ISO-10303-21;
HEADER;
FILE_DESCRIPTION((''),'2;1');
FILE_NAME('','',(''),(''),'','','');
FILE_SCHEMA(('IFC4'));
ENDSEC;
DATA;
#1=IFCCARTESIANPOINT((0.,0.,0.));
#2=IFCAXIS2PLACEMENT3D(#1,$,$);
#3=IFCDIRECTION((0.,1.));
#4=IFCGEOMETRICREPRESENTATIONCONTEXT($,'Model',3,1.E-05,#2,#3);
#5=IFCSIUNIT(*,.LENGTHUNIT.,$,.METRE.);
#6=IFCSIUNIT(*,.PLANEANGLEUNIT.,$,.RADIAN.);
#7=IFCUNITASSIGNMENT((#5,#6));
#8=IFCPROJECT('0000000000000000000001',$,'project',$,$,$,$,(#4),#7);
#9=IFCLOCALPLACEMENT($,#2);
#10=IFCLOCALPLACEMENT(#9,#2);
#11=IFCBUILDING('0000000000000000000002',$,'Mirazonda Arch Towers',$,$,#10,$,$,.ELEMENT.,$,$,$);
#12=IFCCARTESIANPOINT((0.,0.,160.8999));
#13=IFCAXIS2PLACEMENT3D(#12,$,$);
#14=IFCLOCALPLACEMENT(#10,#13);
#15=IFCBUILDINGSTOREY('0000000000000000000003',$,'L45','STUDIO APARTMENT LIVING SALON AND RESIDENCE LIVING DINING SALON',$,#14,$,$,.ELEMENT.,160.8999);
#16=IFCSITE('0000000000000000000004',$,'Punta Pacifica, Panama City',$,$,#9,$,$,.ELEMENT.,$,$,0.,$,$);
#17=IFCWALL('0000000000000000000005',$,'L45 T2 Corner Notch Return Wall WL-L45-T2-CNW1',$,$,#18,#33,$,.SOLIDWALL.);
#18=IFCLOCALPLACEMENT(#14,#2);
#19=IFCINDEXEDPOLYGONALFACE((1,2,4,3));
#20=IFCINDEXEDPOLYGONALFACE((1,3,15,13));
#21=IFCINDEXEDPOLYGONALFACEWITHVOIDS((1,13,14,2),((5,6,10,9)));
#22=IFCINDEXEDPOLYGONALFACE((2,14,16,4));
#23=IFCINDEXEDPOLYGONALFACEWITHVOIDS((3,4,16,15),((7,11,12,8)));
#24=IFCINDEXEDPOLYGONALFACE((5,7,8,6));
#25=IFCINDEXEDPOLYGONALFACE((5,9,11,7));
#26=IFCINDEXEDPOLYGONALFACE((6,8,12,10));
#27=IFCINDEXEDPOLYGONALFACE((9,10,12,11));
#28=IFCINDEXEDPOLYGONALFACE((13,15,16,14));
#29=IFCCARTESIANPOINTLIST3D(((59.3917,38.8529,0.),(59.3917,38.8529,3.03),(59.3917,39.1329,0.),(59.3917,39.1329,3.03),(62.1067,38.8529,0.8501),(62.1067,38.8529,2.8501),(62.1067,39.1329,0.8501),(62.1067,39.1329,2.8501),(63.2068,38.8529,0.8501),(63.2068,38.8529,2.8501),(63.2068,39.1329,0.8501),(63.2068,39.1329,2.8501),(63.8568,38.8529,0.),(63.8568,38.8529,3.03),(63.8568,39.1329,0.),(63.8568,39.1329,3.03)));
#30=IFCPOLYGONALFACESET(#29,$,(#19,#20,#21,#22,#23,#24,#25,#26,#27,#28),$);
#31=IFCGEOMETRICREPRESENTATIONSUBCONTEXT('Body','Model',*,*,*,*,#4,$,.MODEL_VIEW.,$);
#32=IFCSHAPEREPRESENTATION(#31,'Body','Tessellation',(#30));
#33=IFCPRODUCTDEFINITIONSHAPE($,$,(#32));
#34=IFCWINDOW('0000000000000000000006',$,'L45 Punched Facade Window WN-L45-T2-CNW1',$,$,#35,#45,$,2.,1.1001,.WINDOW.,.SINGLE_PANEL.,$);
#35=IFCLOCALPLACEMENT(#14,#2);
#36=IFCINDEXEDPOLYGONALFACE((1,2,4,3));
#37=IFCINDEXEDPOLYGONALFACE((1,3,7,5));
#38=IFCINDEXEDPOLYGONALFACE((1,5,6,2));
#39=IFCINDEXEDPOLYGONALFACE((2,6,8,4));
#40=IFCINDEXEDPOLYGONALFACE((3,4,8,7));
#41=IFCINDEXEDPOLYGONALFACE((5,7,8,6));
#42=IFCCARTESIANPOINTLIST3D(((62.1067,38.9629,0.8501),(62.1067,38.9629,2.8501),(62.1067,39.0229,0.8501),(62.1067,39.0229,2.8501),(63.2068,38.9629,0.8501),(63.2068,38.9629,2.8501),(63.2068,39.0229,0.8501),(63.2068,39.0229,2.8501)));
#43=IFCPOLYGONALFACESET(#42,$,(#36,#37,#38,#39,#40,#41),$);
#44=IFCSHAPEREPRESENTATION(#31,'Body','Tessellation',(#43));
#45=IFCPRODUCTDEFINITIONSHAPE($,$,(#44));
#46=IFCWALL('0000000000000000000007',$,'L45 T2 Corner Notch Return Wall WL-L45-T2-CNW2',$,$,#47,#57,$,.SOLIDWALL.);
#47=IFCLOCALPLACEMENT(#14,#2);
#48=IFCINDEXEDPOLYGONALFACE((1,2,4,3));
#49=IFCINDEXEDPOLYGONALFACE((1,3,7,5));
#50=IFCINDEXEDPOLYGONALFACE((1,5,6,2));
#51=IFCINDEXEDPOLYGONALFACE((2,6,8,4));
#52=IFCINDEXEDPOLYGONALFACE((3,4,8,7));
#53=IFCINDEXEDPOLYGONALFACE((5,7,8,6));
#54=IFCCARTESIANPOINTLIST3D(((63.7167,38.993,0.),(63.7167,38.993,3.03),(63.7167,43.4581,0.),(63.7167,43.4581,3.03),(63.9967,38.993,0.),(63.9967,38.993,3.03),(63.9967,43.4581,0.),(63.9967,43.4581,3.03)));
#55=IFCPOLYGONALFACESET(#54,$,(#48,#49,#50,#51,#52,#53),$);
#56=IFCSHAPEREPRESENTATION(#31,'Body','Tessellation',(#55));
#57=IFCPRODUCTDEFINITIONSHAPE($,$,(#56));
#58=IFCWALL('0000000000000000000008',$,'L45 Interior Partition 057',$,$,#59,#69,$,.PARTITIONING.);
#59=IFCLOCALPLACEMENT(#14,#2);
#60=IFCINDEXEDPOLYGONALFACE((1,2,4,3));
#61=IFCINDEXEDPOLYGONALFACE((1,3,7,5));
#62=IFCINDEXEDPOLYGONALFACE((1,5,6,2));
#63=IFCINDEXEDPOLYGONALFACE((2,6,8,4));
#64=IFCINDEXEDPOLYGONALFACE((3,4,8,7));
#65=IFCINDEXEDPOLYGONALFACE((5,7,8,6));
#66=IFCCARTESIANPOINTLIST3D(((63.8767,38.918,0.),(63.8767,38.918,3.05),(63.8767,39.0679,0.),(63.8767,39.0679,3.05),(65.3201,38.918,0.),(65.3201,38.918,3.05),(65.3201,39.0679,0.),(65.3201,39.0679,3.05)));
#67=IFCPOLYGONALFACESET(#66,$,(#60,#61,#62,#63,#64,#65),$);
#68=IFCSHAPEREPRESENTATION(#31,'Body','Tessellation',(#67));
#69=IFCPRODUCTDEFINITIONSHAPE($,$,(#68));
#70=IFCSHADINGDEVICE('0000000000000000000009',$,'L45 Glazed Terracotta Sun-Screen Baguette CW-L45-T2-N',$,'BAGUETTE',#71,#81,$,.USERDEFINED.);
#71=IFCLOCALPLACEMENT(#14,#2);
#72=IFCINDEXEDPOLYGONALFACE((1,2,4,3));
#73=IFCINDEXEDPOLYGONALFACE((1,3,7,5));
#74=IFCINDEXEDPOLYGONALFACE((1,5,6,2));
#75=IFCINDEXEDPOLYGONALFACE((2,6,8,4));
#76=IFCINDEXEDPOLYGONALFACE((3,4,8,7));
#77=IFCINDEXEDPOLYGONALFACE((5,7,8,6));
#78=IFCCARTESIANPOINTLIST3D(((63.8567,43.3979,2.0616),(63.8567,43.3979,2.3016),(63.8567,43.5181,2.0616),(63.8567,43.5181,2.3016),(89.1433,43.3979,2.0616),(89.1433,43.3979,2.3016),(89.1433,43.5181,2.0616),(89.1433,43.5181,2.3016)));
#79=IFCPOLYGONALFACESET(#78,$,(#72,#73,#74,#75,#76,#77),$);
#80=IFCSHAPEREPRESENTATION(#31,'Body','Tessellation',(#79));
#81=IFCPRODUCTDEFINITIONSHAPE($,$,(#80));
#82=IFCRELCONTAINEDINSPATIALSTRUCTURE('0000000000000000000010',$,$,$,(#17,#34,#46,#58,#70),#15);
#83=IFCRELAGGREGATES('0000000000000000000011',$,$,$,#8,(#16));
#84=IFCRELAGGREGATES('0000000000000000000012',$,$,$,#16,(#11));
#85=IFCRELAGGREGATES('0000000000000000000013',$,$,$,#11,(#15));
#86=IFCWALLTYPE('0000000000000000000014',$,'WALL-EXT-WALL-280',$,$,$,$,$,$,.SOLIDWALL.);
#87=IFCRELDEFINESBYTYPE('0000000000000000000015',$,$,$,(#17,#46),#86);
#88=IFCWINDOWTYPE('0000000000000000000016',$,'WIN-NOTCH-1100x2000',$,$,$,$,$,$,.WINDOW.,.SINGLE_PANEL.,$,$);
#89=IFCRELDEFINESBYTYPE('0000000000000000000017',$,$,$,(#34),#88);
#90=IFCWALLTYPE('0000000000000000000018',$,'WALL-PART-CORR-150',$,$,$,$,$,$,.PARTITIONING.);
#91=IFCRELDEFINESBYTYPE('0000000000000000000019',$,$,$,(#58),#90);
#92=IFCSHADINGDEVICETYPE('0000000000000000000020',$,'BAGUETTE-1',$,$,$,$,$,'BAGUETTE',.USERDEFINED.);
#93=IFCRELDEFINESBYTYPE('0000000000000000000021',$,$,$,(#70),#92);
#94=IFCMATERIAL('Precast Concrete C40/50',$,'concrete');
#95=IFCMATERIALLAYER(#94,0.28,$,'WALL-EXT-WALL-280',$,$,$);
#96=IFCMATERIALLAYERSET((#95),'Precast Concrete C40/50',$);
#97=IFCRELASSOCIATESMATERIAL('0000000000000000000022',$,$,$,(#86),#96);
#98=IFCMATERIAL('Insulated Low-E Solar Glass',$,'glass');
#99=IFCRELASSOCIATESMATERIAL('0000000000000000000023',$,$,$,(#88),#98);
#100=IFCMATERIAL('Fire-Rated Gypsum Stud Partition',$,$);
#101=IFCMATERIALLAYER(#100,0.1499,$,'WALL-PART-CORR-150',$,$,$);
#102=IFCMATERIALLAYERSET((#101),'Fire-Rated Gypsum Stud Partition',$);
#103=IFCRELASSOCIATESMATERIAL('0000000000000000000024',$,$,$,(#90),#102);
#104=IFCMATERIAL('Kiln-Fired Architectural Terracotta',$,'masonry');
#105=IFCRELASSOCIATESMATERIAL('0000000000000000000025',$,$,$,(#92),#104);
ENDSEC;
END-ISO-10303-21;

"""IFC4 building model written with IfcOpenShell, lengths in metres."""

from ifc_helpers import new_model, si_unit, direction, frame, frame_2d, origin, origin_2d, place, context, subcontext, project, spatial, rectangle, extrude, material, layer, layer_set, material_profile, profile_set, type_object, element, fill, save


model = new_model("IFC4")

# Units and contexts
model_context = context("Model", 3, precision=1e-05, world=origin(), true_north=direction((0.0, 1.0)))
body_context = subcontext(model_context, "Body", "Model", "MODEL_VIEW")
ifc_project = project(units=[si_unit("LENGTHUNIT", "METRE"), si_unit("PLANEANGLEUNIT", "RADIAN")], contexts=[model_context])

# Site, building, storey
site_placement = place(None, origin())
site = spatial("IfcSite", under=ifc_project, at=site_placement, Name="Punta Pacifica, Panama City", CompositionType="ELEMENT", RefElevation=0.0)
building_placement = place(site_placement, origin())
building = spatial("IfcBuilding", under=site, at=building_placement, Name="Mirazonda Arch Towers", CompositionType="ELEMENT")
storey_placement = place(building_placement, frame((0.0, 0.0, 160.8999)))
storey = spatial("IfcBuildingStorey", under=building, at=storey_placement, Name="L45", Description="STUDIO APARTMENT LIVING SALON AND RESIDENCE LIVING DINING SALON", CompositionType="ELEMENT", Elevation=160.8999)

# Shared definitions
ifc_material_1 = material(Name="Insulated Low-E Solar Glass", Category="glass")

# Wall, opening, window
ifc_material_2 = material(Name="Precast Concrete C40/50", Category="concrete")
ifc_layer_1 = layer(ifc_material_2, 0.28, Name="WALL-EXT-WALL-280")
ifc_layer_set_1 = layer_set([ifc_layer_1], Name="Precast Concrete C40/50")
wall_type_1 = type_object("IfcWallType", Name="WALL-EXT-WALL-280", PredefinedType="SOLIDWALL", material=ifc_layer_set_1)
wall_1_placement = place(storey_placement, frame((63.8567, 38.9929, 0.0), z_axis=(0.0, 0.0, 1.0), x_axis=(-1.0, 0.0, 0.0)))
wall_1 = element("IfcWall", 1, at=wall_1_placement, inside=storey, type_object=wall_type_1, Name="L45 T2 Corner Notch Return Wall WL-L45-T2-CNW1", PredefinedType="SOLIDWALL", context=body_context, shape_type="SweptSolid", body=[
    extrude(rectangle(XDim=4.4651, YDim=0.28, at=frame_2d((2.2324, 0.0))), origin(), (0.0, 0.0, 1.0), 3.03),
])
opening_placement = place(wall_1_placement, frame((0.6499, 0.0, 0.8501)))
opening = element("IfcOpeningElement", 2, at=opening_placement, cuts=wall_1, PredefinedType="OPENING", context=body_context, shape_type="SweptSolid", body=[
    extrude(rectangle(XDim=1.1001, YDim=2.0, at=frame_2d((0.55, 1.0))), frame((0.0, 0.1499, 0.0), z_axis=(0.0, -1.0, 0.0), x_axis=(1.0, 0.0, 0.0)), (0.0, 0.0, 1.0), 0.3),
])
window_type = type_object("IfcWindowType", Name="WIN-NOTCH-1100x2000", PartitioningType="SINGLE_PANEL", PredefinedType="WINDOW", material=ifc_material_1)
window_placement = place(opening_placement, origin())
window = element("IfcWindow", 3, at=window_placement, inside=storey, type_object=window_type, Name="L45 Punched Facade Window WN-L45-T2-CNW1", OverallHeight=2.0, OverallWidth=1.1001, PartitioningType="SINGLE_PANEL", PredefinedType="WINDOW", context=body_context, shape_type="SweptSolid", body=[
    extrude(rectangle(XDim=1.1001, YDim=2.0, at=frame_2d((0.55, 1.0))), frame((0.0, 0.03, 0.0), z_axis=(0.0, -1.0, 0.0), x_axis=(1.0, 0.0, 0.0)), (0.0, 0.0, 1.0), 0.0601),
])
fill(opening, window)

# Walls
wall_2_placement = place(storey_placement, frame((63.8567, 43.458, 0.0), z_axis=(0.0, 0.0, 1.0), x_axis=(0.0, -1.0, 0.0)))
element("IfcWall", 4, at=wall_2_placement, inside=storey, type_object=wall_type_1, Name="L45 T2 Corner Notch Return Wall WL-L45-T2-CNW2", PredefinedType="SOLIDWALL", context=body_context, shape_type="SweptSolid", body=[
    extrude(rectangle(XDim=4.4651, YDim=0.28, at=frame_2d((2.2324, 0.0))), origin(), (0.0, 0.0, 1.0), 3.03),
])
ifc_material_3 = material(Name="Fire-Rated Gypsum Stud Partition")
ifc_layer_2 = layer(ifc_material_3, 0.1499, Name="WALL-PART-CORR-150")
ifc_layer_set_2 = layer_set([ifc_layer_2], Name="Fire-Rated Gypsum Stud Partition")
wall_type_2 = type_object("IfcWallType", Name="WALL-PART-CORR-150", PredefinedType="PARTITIONING", material=ifc_layer_set_2)
wall_3_placement = place(storey_placement, frame((63.8767, 38.9929, 0.0), z_axis=(0.0, 0.0, 1.0), x_axis=(1.0, 0.0, 0.0)))
element("IfcWall", 5, at=wall_3_placement, inside=storey, type_object=wall_type_2, Name="L45 Interior Partition 057", PredefinedType="PARTITIONING", context=body_context, shape_type="SweptSolid", body=[
    extrude(rectangle(XDim=1.4434, YDim=0.1499, at=frame_2d((0.7217, 0.0))), origin(), (0.0, 0.0, 1.0), 3.05),
])

# Shading device
ifc_material_4 = material(Name="Kiln-Fired Architectural Terracotta", Category="masonry")
ifc_material_profile_1 = material_profile(ifc_material_4, rectangle(XDim=0.1201, YDim=0.24, at=origin_2d()), Name="TERRA-BAG-120x240")
ifc_profile_set_1 = profile_set([ifc_material_profile_1], Name="Kiln-Fired Architectural Terracotta")
shading_device_type = type_object("IfcShadingDeviceType", Name="BAGUETTE-1", ElementType="BAGUETTE", PredefinedType="USERDEFINED", material=ifc_profile_set_1)
shading_device_placement = place(storey_placement, frame((63.8567, 43.458, 2.1816), z_axis=(1.0, 0.0, 0.0), x_axis=(0.0, 1.0, 0.0)))
element("IfcShadingDevice", 6, at=shading_device_placement, inside=storey, type_object=shading_device_type, Name="L45 Glazed Terracotta Sun-Screen Baguette CW-L45-T2-N", ObjectType="BAGUETTE", PredefinedType="USERDEFINED", context=body_context, shape_type="SweptSolid", body=[
    extrude(rectangle(XDim=0.1201, YDim=0.24, at=origin_2d()), origin(), (0.0, 0.0, 1.0), 25.2866),
])

save(model, "model.ifc")
